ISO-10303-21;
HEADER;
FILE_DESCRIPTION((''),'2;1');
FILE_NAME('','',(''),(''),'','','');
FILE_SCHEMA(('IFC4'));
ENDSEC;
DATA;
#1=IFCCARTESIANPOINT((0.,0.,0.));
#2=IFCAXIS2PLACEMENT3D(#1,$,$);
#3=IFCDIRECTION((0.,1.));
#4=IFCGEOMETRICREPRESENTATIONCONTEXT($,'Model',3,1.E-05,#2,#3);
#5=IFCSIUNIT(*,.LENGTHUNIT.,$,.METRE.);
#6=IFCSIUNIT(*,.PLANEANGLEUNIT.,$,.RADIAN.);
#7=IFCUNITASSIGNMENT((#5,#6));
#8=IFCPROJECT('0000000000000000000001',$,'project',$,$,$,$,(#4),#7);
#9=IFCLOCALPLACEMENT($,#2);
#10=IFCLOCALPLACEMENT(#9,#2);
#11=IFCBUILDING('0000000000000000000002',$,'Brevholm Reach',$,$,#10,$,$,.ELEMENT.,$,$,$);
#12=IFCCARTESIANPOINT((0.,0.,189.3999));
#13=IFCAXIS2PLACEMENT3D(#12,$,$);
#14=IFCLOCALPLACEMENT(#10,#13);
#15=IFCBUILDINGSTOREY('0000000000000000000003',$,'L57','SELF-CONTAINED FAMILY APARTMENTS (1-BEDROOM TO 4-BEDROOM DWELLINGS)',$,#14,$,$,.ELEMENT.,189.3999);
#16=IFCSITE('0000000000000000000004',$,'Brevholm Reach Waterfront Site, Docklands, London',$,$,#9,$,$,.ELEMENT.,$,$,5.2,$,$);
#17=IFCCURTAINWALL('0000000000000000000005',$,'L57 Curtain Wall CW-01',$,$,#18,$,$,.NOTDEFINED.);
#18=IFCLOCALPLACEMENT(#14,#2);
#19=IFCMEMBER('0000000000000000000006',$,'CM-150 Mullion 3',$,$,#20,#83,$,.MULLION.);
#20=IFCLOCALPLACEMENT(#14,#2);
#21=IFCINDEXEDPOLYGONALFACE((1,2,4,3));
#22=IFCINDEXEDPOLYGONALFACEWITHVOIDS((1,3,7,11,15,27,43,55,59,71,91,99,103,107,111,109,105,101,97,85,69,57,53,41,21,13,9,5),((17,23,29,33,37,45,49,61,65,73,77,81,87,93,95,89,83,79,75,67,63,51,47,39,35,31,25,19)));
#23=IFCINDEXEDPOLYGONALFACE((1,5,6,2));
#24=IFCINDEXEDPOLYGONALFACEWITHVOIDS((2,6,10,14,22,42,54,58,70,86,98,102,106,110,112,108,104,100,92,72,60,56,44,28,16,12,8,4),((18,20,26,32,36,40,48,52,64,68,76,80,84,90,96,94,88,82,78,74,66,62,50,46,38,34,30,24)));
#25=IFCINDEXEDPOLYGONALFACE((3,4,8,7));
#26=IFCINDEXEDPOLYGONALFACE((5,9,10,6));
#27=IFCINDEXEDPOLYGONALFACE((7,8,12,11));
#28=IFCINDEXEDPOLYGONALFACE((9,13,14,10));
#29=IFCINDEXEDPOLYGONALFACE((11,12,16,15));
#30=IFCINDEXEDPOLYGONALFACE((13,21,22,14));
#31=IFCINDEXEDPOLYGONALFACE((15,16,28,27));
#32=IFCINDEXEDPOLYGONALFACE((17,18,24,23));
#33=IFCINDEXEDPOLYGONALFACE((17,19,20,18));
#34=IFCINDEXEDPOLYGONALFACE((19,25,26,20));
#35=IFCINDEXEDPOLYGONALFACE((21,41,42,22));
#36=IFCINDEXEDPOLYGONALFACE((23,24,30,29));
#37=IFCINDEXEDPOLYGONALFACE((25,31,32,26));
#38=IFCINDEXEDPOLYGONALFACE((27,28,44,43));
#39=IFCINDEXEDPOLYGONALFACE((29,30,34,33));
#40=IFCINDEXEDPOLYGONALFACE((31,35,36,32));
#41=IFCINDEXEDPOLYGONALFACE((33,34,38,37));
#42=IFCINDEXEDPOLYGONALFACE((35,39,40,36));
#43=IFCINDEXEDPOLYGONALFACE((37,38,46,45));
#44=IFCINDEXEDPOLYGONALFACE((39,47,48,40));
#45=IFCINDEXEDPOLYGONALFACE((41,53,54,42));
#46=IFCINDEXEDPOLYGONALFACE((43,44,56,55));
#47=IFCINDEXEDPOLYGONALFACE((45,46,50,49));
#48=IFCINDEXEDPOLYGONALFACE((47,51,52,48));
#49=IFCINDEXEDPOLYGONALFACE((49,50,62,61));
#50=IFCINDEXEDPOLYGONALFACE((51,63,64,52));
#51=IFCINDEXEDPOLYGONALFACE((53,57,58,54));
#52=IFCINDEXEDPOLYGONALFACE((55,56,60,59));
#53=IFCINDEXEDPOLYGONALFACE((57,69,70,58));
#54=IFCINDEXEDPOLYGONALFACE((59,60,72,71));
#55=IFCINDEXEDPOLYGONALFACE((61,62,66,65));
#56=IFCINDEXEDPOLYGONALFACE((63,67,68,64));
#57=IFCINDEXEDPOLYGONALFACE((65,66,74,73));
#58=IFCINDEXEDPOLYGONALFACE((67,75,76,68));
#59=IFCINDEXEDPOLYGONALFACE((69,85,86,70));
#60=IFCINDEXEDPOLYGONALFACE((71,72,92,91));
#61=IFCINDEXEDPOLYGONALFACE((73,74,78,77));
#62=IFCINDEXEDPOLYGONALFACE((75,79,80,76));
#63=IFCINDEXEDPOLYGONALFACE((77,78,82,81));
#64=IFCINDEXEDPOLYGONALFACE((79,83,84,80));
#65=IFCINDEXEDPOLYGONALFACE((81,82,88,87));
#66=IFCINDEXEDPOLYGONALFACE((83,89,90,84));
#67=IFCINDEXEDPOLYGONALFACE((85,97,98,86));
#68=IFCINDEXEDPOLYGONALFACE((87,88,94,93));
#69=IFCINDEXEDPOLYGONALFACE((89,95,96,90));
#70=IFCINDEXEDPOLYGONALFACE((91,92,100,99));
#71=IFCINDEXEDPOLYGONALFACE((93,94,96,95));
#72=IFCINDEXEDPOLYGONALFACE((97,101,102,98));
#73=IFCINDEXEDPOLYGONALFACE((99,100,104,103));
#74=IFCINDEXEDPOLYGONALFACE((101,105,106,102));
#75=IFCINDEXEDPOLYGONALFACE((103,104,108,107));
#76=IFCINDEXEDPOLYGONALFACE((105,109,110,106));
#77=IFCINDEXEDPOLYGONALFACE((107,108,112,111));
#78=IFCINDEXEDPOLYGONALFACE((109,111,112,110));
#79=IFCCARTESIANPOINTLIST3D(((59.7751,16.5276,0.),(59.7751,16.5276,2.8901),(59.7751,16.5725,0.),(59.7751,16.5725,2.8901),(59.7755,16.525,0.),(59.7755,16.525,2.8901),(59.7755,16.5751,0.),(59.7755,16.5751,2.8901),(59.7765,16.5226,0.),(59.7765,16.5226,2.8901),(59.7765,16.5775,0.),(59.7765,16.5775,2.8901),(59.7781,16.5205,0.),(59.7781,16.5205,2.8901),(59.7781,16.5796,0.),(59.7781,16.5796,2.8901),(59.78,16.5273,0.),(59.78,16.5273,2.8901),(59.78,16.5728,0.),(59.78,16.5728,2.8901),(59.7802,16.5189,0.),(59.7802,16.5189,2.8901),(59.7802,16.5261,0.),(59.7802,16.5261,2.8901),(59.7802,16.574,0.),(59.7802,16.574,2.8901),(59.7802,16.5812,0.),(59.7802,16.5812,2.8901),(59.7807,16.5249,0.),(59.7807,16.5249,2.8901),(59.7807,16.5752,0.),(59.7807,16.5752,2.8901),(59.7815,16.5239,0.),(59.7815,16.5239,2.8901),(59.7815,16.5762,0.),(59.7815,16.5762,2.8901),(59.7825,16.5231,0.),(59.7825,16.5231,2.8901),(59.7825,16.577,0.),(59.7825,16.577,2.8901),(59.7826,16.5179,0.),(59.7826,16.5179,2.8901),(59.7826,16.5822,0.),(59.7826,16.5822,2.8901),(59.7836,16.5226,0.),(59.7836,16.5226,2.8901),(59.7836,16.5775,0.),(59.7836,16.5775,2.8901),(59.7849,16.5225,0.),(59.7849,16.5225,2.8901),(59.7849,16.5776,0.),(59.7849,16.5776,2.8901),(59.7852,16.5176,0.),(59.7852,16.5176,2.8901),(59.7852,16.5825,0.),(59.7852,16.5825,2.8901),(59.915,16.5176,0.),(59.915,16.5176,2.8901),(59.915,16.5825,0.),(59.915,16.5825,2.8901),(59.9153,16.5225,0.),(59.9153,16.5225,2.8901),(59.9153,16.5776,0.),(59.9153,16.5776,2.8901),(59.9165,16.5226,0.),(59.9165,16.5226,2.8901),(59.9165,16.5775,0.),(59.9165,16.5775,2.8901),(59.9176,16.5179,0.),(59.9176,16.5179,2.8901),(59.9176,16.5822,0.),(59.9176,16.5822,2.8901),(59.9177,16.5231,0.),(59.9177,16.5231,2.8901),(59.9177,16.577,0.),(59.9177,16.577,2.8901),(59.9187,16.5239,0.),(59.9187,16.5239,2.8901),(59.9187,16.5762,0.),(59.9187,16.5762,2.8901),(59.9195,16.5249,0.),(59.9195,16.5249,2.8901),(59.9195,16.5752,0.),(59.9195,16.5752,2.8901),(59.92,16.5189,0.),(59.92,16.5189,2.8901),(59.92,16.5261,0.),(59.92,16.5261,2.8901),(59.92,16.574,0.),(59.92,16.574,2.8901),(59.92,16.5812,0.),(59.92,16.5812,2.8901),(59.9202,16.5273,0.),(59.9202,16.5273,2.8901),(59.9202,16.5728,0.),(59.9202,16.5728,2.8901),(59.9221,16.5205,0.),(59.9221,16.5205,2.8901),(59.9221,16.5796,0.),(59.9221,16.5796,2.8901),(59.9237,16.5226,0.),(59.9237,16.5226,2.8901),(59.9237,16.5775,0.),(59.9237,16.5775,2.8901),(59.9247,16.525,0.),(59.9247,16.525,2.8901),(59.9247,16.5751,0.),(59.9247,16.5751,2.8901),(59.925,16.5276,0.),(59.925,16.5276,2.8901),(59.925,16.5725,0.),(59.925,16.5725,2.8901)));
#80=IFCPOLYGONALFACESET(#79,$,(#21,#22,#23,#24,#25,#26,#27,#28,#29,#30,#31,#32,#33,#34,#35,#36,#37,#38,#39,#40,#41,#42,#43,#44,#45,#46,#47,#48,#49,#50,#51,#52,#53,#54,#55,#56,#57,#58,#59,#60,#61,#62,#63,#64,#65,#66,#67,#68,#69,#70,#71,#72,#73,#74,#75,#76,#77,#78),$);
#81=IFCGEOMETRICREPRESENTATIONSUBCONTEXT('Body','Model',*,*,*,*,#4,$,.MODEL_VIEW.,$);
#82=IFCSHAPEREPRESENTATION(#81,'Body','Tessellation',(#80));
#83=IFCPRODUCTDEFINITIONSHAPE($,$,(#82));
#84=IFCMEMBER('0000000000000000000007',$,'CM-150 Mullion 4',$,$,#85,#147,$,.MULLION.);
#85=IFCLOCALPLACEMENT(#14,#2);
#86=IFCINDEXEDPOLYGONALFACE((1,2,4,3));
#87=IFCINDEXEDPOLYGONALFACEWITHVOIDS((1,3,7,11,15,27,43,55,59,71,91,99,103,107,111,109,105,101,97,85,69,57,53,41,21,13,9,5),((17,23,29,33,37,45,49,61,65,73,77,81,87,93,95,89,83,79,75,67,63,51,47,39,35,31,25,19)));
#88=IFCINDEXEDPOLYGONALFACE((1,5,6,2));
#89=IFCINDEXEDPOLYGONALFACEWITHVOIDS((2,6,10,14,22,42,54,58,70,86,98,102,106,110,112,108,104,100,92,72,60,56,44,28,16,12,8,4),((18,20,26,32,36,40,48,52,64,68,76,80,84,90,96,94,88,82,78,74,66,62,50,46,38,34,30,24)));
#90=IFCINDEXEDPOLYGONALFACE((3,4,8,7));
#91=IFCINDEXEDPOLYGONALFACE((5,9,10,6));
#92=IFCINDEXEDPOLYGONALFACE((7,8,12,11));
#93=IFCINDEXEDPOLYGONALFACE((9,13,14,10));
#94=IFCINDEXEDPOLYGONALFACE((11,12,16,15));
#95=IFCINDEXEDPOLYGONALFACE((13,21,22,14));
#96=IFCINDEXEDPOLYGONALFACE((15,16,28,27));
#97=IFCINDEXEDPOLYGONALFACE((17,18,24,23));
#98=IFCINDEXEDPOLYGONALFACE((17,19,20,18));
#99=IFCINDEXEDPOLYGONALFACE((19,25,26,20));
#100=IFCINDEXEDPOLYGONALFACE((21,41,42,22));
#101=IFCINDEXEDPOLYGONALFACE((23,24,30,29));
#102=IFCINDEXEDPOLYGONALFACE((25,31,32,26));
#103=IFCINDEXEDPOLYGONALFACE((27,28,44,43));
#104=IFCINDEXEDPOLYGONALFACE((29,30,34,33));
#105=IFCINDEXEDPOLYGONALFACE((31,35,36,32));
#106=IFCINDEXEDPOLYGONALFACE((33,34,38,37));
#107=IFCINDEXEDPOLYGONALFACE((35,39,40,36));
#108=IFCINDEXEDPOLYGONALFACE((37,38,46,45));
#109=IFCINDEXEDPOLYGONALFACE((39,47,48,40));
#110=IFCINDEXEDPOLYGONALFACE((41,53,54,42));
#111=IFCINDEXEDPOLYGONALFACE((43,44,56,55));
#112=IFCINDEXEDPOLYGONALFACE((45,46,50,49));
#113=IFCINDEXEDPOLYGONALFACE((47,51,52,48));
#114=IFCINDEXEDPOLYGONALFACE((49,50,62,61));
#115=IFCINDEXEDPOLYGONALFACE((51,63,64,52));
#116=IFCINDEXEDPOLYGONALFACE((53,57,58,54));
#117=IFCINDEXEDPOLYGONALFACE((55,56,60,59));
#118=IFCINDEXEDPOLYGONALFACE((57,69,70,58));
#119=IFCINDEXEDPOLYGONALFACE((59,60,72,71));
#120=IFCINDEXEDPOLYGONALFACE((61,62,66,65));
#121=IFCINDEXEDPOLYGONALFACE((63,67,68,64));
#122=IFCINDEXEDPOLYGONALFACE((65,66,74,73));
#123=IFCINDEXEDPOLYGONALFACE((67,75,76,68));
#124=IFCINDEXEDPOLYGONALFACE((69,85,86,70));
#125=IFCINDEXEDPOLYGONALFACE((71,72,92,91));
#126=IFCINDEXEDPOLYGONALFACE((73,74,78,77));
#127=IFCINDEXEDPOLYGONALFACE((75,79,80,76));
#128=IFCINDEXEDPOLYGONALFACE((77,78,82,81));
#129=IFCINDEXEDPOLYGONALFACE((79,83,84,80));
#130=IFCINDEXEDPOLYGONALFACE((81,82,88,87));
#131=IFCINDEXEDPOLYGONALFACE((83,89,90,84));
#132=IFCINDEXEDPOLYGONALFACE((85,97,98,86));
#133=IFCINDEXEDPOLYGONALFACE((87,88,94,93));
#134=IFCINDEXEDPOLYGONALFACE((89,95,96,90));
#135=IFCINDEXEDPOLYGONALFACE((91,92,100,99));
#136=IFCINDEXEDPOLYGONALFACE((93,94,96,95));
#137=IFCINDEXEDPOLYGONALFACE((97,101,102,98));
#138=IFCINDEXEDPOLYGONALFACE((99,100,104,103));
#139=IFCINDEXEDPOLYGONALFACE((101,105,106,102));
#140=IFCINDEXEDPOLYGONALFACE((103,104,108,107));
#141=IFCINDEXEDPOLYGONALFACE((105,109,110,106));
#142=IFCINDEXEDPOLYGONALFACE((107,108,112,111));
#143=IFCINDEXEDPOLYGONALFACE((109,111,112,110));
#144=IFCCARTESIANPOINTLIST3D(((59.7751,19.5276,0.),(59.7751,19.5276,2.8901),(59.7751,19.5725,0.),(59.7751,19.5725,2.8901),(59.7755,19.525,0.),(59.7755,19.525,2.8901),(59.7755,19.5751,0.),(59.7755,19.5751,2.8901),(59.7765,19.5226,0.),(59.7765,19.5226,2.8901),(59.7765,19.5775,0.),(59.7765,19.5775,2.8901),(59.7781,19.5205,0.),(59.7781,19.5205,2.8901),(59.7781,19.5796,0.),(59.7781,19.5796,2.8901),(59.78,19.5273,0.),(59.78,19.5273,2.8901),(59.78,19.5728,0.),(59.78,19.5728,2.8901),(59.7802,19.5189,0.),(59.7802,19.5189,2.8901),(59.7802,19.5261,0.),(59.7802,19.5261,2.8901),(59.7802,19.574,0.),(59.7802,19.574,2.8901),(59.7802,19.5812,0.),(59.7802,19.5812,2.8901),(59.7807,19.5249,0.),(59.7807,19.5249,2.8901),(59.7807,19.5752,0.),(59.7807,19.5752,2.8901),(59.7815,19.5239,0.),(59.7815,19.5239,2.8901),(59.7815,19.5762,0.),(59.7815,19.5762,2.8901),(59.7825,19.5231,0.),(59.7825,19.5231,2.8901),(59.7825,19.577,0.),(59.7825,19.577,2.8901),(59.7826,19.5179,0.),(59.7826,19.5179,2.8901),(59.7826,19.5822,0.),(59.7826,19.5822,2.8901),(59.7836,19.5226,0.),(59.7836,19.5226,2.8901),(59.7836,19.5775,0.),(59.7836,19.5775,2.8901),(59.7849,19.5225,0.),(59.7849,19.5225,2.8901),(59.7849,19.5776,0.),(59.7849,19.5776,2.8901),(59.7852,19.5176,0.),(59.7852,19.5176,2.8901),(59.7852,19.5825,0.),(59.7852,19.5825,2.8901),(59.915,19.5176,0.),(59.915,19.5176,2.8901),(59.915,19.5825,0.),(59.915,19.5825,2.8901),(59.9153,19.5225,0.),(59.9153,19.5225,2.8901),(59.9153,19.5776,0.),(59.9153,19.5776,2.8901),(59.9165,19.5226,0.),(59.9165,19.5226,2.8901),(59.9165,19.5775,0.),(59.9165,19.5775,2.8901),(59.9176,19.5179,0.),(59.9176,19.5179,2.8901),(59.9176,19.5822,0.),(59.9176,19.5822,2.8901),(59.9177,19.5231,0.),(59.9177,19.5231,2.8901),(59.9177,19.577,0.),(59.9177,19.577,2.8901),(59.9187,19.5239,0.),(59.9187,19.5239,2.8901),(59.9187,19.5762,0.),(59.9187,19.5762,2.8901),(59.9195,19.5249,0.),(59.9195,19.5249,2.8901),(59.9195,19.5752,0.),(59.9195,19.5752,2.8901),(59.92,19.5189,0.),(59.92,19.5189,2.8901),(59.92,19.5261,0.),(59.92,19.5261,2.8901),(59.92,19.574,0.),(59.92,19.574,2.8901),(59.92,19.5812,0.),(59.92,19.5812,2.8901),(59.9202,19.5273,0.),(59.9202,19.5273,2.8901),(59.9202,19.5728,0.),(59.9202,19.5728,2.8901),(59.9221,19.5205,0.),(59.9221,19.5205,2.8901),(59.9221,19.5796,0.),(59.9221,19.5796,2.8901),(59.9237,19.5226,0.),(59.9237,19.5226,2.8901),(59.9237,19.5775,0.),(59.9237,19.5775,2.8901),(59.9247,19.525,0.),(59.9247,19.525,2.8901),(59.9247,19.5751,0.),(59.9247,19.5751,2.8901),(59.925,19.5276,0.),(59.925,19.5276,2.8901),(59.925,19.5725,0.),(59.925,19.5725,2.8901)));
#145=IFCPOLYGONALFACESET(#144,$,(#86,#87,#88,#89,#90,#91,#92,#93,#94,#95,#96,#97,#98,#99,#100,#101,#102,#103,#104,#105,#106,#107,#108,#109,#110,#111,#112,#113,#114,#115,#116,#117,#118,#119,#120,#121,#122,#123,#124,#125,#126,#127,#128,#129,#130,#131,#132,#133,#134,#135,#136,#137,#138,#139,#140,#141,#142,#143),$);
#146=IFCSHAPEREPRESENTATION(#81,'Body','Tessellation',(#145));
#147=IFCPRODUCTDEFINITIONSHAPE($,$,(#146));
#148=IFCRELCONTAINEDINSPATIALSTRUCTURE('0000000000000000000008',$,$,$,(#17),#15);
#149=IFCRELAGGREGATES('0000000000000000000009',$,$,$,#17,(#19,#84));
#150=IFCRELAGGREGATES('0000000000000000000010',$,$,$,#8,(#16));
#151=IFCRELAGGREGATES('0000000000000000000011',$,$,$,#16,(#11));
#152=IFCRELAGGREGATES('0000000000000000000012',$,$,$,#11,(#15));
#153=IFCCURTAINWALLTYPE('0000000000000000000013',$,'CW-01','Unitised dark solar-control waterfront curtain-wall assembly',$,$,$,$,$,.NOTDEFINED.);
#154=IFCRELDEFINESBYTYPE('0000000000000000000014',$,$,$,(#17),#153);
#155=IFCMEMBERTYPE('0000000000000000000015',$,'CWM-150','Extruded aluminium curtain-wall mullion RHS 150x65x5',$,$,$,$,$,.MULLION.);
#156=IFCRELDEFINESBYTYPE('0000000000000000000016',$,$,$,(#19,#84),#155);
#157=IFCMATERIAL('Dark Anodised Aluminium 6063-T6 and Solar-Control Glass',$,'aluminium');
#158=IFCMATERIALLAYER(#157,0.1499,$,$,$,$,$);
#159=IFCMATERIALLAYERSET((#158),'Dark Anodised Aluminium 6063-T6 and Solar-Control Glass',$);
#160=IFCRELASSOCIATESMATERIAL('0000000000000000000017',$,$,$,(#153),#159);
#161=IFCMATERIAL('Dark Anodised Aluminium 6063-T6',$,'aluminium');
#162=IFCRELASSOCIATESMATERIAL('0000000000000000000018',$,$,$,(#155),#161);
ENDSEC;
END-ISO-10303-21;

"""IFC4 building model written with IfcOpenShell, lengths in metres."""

from ifc_helpers import new_model, si_unit, direction, frame, origin, origin_2d, place, context, subcontext, project, spatial, hollow_rectangle, extrude, material, layer, layer_set, material_profile, profile_set, type_object, element, aggregate, save


model = new_model("IFC4")

# Units and contexts
model_context = context("Model", 3, precision=1e-05, world=origin(), true_north=direction((0.0, 1.0)))
body_context = subcontext(model_context, "Body", "Model", "MODEL_VIEW")
ifc_project = project(units=[si_unit("LENGTHUNIT", "METRE"), si_unit("PLANEANGLEUNIT", "RADIAN")], contexts=[model_context])

# Site, building, storey
site_placement = place(None, origin())
site = spatial("IfcSite", under=ifc_project, at=site_placement, Name="Brevholm Reach Waterfront Site, Docklands, London", CompositionType="ELEMENT", RefElevation=5.2)
building_placement = place(site_placement, origin())
building = spatial("IfcBuilding", under=site, at=building_placement, Name="Brevholm Reach", CompositionType="ELEMENT")
storey_placement = place(building_placement, frame((0.0, 0.0, 189.3999)))
storey = spatial("IfcBuildingStorey", under=building, at=storey_placement, Name="L57", Description="SELF-CONTAINED FAMILY APARTMENTS (1-BEDROOM TO 4-BEDROOM DWELLINGS)", CompositionType="ELEMENT", Elevation=189.3999)

# Curtain wall, members
ifc_material_1 = material(Name="Dark Anodised Aluminium 6063-T6 and Solar-Control Glass", Category="aluminium")
ifc_layer_1 = layer(ifc_material_1, 0.1499)
ifc_layer_set_1 = layer_set([ifc_layer_1], Name="Dark Anodised Aluminium 6063-T6 and Solar-Control Glass")
curtain_wall_type = type_object("IfcCurtainWallType", Name="CW-01", Description="Unitised dark solar-control waterfront curtain-wall assembly", PredefinedType="NOTDEFINED", material=ifc_layer_set_1)
curtain_wall_placement = place(storey_placement, origin())
curtain_wall = element("IfcCurtainWall", 1, at=curtain_wall_placement, inside=storey, type_object=curtain_wall_type, Name="L57 Curtain Wall CW-01", PredefinedType="NOTDEFINED")
ifc_material_2 = material(Name="Dark Anodised Aluminium 6063-T6", Category="aluminium")
ifc_material_profile_1 = material_profile(ifc_material_2, hollow_rectangle(XDim=0.0649, YDim=0.1499, WallThickness=0.0049, InnerFilletRadius=0.0049, OuterFilletRadius=0.01, at=origin_2d()), Name="RHS 150x65x5")
ifc_profile_set_1 = profile_set([ifc_material_profile_1], Name="Dark Anodised Aluminium 6063-T6")
member_type_1 = type_object("IfcMemberType", Name="CWM-150", Description="Extruded aluminium curtain-wall mullion RHS 150x65x5", PredefinedType="MULLION", material=ifc_profile_set_1)
member_1_placement = place(storey_placement, frame((59.8501, 16.55, 0.0), z_axis=(0.0, 0.0, 1.0), x_axis=(0.0, 1.0, 0.0)))
member_1 = element("IfcMember", 2, at=member_1_placement, type_object=member_type_1, Name="CM-150 Mullion 3", PredefinedType="MULLION", context=body_context, shape_type="SweptSolid", body=[
    extrude(hollow_rectangle(XDim=0.0649, YDim=0.1499, WallThickness=0.0049, InnerFilletRadius=0.0049, OuterFilletRadius=0.01, at=origin_2d()), origin(), (0.0, 0.0, 1.0), 2.8901),
])
member_2_placement = place(storey_placement, frame((59.8501, 19.55, 0.0), z_axis=(0.0, 0.0, 1.0), x_axis=(0.0, 1.0, 0.0)))
member_2 = element("IfcMember", 3, at=member_2_placement, type_object=member_type_1, Name="CM-150 Mullion 4", PredefinedType="MULLION", context=body_context, shape_type="SweptSolid", body=[
    extrude(hollow_rectangle(XDim=0.0649, YDim=0.1499, WallThickness=0.0049, InnerFilletRadius=0.0049, OuterFilletRadius=0.01, at=origin_2d()), origin(), (0.0, 0.0, 1.0), 2.8901),
])
aggregate(curtain_wall, [member_1, member_2])

save(model, "model.ifc")
